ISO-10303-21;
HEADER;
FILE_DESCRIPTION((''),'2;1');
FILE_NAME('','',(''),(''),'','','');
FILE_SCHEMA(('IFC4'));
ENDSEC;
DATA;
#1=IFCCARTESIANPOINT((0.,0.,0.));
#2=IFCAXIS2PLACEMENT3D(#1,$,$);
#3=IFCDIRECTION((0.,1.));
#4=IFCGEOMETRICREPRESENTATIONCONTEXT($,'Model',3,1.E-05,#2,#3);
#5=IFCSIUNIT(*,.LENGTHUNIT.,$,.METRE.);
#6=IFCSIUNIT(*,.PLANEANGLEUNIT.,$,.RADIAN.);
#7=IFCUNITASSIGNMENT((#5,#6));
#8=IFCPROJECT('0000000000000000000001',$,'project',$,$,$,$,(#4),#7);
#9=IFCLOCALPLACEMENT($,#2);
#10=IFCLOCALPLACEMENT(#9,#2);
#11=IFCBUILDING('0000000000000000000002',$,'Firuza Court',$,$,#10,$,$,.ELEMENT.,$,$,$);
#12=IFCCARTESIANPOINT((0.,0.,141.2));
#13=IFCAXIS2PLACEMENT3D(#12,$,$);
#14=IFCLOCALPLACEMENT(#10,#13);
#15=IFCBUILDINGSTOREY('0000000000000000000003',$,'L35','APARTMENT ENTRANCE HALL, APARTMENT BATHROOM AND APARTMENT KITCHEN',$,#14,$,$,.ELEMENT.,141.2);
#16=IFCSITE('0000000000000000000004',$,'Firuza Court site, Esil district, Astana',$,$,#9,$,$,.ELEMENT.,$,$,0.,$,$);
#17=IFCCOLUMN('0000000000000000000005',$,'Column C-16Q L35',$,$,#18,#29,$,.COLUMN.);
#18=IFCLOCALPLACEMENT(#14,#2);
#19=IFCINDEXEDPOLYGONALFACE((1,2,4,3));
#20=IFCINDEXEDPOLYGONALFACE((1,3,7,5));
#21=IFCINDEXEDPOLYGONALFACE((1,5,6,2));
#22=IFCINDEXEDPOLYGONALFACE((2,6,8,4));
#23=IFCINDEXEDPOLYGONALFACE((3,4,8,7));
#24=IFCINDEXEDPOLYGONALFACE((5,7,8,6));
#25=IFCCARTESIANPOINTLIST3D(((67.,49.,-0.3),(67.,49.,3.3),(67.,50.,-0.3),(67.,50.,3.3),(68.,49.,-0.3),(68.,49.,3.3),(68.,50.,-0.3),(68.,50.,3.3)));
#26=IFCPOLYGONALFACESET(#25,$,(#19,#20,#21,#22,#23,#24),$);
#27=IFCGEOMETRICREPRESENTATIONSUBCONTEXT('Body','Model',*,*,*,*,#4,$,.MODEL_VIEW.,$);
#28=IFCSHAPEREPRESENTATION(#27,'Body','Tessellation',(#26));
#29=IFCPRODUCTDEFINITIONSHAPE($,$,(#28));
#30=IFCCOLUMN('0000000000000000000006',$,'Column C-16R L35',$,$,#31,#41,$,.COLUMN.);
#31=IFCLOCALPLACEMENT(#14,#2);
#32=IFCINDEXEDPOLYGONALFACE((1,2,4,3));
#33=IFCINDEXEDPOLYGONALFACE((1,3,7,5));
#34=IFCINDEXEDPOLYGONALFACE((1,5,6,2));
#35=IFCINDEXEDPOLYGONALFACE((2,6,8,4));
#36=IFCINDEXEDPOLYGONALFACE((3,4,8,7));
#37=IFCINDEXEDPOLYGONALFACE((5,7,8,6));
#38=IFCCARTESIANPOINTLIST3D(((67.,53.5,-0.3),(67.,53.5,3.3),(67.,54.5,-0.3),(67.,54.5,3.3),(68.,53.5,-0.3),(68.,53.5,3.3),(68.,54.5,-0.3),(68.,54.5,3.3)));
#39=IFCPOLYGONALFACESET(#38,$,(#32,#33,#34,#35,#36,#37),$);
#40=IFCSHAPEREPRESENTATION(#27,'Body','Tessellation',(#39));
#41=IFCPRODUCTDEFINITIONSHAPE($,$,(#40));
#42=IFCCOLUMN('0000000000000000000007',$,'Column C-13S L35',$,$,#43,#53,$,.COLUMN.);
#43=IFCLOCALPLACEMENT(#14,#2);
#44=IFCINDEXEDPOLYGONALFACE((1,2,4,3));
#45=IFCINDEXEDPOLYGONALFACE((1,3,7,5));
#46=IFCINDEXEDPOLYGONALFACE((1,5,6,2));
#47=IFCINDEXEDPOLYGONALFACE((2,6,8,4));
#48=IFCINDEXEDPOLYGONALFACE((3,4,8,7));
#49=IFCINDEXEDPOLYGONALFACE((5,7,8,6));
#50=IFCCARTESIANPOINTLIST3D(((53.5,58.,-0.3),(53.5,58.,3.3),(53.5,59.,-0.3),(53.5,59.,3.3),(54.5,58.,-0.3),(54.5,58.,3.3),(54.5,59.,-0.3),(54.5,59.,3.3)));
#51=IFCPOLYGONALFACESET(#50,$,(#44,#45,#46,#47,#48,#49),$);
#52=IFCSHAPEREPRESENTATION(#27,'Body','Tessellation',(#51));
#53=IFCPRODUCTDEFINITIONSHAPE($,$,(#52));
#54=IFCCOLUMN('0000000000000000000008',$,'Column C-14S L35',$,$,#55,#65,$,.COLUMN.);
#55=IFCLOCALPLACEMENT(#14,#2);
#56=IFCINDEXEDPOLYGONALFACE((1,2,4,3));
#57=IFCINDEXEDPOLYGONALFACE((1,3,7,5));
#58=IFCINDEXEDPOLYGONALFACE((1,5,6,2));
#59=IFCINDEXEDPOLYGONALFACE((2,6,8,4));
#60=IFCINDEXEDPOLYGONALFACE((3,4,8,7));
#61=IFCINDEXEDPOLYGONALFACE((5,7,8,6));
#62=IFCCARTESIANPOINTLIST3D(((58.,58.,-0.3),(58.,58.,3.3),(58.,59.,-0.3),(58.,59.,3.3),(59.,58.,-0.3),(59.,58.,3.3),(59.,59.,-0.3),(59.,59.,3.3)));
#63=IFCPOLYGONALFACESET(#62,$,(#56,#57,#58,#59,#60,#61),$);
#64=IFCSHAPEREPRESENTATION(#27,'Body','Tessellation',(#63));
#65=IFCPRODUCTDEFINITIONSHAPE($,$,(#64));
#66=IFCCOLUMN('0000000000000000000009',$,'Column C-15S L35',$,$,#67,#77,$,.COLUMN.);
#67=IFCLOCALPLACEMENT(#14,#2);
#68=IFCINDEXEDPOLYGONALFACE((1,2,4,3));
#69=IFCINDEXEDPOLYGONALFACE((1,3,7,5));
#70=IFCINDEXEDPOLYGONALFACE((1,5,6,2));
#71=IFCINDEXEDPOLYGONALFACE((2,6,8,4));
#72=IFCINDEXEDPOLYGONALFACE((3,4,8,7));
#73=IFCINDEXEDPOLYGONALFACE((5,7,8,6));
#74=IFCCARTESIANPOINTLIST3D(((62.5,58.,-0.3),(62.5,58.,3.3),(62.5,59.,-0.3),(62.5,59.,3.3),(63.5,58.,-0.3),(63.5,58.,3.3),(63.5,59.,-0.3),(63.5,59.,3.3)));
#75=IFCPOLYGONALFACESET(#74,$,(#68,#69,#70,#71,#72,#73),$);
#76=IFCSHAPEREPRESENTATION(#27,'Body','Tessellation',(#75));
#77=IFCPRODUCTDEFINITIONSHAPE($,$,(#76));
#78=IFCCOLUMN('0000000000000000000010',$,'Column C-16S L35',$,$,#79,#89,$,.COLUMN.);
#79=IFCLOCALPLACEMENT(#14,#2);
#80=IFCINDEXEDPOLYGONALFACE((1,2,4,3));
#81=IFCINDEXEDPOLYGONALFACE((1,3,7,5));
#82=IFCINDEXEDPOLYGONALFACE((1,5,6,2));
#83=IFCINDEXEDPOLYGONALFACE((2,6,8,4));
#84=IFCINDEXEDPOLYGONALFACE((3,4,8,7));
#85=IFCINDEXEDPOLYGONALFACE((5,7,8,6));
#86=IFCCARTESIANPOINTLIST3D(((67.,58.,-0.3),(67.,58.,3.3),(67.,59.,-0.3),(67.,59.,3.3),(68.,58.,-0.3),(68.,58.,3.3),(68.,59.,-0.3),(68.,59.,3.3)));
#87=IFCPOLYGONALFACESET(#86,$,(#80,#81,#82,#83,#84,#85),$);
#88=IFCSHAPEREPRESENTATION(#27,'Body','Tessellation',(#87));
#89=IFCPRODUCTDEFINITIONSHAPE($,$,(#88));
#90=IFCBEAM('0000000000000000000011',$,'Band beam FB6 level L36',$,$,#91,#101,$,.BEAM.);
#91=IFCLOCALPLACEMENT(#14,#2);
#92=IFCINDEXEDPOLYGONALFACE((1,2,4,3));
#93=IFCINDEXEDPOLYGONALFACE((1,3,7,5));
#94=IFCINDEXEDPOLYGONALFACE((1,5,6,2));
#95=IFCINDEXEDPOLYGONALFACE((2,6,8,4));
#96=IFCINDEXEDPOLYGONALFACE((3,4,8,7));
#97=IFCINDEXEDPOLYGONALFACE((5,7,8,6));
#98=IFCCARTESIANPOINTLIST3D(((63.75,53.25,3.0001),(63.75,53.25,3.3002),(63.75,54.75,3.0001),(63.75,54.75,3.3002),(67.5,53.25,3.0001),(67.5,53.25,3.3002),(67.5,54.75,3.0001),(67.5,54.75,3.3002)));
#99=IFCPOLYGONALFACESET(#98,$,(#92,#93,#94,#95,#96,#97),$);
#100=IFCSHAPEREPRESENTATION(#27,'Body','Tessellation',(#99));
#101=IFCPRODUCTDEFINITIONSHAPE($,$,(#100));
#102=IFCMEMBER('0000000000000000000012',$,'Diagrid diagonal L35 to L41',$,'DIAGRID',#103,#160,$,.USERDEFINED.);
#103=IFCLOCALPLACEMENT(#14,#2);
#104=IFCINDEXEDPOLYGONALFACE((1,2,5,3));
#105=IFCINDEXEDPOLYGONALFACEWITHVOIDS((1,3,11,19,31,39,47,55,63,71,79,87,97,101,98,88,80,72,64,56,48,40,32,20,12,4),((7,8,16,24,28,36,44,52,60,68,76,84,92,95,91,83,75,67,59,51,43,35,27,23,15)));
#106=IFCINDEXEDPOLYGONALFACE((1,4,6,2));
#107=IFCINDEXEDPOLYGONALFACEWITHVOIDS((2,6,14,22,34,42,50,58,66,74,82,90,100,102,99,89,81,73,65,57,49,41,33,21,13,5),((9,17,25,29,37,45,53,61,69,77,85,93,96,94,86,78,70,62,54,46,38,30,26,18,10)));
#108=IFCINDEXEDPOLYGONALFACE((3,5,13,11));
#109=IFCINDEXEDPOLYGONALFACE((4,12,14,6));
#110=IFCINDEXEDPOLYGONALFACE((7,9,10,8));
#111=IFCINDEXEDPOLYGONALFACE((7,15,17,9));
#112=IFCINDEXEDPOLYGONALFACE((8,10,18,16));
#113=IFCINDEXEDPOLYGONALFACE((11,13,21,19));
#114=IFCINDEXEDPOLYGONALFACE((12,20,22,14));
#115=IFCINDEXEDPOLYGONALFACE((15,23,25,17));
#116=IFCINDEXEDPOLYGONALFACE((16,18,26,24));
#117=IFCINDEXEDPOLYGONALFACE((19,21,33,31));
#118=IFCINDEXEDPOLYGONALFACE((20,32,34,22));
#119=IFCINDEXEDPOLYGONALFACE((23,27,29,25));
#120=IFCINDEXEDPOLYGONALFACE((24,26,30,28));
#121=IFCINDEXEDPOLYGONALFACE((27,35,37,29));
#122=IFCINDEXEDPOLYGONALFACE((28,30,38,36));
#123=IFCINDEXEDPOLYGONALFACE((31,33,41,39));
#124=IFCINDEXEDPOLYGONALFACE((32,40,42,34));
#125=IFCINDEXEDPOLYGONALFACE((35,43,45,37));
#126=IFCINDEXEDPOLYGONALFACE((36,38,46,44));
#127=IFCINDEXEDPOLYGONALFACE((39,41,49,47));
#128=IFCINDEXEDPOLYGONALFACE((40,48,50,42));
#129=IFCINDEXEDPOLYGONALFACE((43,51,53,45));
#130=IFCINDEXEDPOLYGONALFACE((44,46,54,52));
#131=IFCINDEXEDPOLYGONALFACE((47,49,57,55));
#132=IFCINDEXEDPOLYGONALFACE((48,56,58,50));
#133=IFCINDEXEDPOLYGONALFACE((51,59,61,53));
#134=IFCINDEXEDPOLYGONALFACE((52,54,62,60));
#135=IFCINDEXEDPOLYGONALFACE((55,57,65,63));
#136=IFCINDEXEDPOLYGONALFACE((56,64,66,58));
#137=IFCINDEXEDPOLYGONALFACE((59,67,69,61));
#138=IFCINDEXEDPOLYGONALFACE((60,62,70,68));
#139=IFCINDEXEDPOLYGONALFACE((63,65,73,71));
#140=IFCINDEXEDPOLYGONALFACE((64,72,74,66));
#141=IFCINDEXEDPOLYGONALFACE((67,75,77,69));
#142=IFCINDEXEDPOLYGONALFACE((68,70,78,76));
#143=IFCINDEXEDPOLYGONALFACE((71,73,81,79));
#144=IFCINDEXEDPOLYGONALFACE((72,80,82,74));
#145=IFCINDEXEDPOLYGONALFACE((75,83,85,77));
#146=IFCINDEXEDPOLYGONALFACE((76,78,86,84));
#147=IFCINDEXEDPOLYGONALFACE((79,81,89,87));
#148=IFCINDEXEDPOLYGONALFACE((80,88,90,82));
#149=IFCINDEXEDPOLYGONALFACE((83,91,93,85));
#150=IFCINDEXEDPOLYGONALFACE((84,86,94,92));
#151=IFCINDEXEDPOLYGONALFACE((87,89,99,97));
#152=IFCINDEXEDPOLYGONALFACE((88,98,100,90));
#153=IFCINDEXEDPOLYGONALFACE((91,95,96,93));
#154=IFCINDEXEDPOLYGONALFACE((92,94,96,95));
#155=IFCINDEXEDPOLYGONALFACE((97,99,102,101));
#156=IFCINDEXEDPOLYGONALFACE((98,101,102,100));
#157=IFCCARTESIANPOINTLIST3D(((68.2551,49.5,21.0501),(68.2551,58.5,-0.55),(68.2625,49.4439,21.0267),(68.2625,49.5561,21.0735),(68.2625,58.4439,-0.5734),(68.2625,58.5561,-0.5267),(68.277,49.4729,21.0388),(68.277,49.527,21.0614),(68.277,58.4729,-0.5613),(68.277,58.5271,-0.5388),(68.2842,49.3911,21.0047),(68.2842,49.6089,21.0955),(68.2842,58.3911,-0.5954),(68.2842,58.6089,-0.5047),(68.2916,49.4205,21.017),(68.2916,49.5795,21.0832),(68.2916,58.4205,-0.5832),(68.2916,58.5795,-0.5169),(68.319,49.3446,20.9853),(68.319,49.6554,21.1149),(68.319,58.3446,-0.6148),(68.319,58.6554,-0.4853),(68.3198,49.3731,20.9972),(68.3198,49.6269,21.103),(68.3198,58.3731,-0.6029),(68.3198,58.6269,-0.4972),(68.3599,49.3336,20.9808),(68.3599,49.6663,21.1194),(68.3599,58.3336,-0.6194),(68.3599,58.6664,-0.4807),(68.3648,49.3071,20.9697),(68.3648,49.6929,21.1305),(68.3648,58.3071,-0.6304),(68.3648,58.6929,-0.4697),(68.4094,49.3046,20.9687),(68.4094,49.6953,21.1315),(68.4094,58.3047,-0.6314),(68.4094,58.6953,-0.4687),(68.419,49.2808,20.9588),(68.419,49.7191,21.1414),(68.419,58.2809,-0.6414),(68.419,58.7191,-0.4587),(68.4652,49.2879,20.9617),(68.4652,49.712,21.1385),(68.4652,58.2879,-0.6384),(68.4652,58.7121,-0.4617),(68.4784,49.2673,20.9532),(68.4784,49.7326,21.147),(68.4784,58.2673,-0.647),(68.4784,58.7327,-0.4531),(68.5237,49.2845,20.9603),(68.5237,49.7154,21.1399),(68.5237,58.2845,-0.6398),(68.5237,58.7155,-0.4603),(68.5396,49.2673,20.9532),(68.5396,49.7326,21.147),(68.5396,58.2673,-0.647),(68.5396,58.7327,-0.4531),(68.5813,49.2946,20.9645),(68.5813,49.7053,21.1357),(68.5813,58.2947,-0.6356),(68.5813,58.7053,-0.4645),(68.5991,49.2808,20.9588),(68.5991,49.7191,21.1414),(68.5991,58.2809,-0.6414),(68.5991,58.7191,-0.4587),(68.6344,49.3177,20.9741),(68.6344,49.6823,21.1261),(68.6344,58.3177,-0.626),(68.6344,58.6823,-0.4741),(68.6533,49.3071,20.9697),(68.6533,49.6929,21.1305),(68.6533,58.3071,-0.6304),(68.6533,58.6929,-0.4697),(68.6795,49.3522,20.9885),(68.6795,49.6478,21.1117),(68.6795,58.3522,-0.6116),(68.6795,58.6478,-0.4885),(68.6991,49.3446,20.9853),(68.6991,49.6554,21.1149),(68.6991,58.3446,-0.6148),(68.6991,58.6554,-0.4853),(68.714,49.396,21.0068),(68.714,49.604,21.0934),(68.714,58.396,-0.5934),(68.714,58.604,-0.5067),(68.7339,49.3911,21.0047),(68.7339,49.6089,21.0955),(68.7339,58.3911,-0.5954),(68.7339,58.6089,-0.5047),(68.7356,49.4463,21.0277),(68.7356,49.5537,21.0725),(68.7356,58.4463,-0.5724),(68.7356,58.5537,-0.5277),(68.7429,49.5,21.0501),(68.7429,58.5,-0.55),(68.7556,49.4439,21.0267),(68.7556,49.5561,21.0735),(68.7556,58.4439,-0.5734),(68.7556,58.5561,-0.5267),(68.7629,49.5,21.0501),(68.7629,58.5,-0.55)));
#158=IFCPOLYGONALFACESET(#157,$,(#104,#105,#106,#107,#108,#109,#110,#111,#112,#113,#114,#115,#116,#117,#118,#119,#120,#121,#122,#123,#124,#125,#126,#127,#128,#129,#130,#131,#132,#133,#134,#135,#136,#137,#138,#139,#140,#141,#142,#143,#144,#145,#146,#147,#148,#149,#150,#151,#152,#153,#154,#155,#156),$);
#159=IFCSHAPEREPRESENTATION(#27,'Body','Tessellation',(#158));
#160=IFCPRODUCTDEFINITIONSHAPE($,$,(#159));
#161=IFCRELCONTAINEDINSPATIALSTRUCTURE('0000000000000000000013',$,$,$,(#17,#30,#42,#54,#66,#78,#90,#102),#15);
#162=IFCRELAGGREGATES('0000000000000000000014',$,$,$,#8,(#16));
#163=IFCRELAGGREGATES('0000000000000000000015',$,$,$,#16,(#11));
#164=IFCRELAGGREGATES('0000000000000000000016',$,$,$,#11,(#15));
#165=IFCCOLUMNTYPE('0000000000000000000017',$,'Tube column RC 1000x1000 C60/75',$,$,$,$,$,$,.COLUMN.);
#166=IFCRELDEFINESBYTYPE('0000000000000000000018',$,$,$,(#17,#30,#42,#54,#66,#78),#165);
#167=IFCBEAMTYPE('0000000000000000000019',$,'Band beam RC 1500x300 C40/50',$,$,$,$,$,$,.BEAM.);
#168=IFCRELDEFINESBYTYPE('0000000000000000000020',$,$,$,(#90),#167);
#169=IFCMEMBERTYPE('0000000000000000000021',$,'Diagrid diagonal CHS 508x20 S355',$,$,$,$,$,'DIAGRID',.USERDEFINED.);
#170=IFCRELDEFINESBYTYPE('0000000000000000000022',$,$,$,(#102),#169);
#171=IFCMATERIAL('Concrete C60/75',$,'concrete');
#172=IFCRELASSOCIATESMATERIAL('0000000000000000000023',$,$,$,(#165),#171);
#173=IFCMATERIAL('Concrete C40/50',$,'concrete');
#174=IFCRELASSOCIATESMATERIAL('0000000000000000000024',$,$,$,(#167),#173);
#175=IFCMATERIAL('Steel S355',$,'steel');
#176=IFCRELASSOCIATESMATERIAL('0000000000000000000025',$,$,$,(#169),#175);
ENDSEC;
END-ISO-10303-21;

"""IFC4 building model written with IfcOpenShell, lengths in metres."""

from ifc_helpers import new_model, si_unit, direction, frame, origin, origin_2d, place, context, subcontext, project, spatial, rectangle, hollow_circle, extrude, material, material_profile, profile_set, type_object, element, save


model = new_model("IFC4")

# Units and contexts
model_context = context("Model", 3, precision=1e-05, world=origin(), true_north=direction((0.0, 1.0)))
body_context = subcontext(model_context, "Body", "Model", "MODEL_VIEW")
ifc_project = project(units=[si_unit("LENGTHUNIT", "METRE"), si_unit("PLANEANGLEUNIT", "RADIAN")], contexts=[model_context])

# Site, building, storey
site_placement = place(None, origin())
site = spatial("IfcSite", under=ifc_project, at=site_placement, Name="Firuza Court site, Esil district, Astana", CompositionType="ELEMENT", RefElevation=0.0)
building_placement = place(site_placement, origin())
building = spatial("IfcBuilding", under=site, at=building_placement, Name="Firuza Court", CompositionType="ELEMENT")
storey_placement = place(building_placement, frame((0.0, 0.0, 141.2)))
storey = spatial("IfcBuildingStorey", under=building, at=storey_placement, Name="L35", Description="APARTMENT ENTRANCE HALL, APARTMENT BATHROOM AND APARTMENT KITCHEN", CompositionType="ELEMENT", Elevation=141.2)

# Columns
ifc_material_1 = material(Name="Concrete C60/75", Category="concrete")
ifc_material_profile_1 = material_profile(ifc_material_1, rectangle(XDim=1.0, YDim=1.0, at=origin_2d()), Name="RC 1000x1000")
ifc_profile_set_1 = profile_set([ifc_material_profile_1], Name="Concrete C60/75")
column_type = type_object("IfcColumnType", Name="Tube column RC 1000x1000 C60/75", PredefinedType="COLUMN", material=ifc_profile_set_1)
for number, where, z_axis, x_axis, name in (
    (1, (67.5, 49.5, -0.3), (0.0, 0.0, 1.0), (1.0, 0.0, 0.0), "Column C-16Q L35"),
    (2, (67.5, 54.0, -0.3), (0.0, 0.0, 1.0), (1.0, 0.0, 0.0), "Column C-16R L35"),
    (3, (54.0, 58.5, -0.3), (0.0, 0.0, 1.0), (1.0, 0.0, 0.0), "Column C-13S L35"),
    (4, (58.5, 58.5, -0.3), (0.0, 0.0, 1.0), (1.0, 0.0, 0.0), "Column C-14S L35"),
    (5, (63.0, 58.5, -0.3), (0.0, 0.0, 1.0), (1.0, 0.0, 0.0), "Column C-15S L35"),
    (6, (67.5, 58.5, -0.3), (0.0, 0.0, 1.0), (1.0, 0.0, 0.0), "Column C-16S L35"),
):
    element("IfcColumn", number, at=place(storey_placement, frame(where, z_axis=z_axis, x_axis=x_axis)), inside=storey, type_object=column_type, Name=name, PredefinedType="COLUMN", context=body_context, shape_type="SweptSolid", body=[
        extrude(rectangle(XDim=1.0, YDim=1.0, at=origin_2d()), origin(), (0.0, 0.0, 1.0), 3.6001),
    ])

# Beam
ifc_material_2 = material(Name="Concrete C40/50", Category="concrete")
ifc_material_profile_2 = material_profile(ifc_material_2, rectangle(XDim=1.5, YDim=0.3, at=origin_2d()), Name="RC 1500x300")
ifc_profile_set_2 = profile_set([ifc_material_profile_2], Name="Concrete C40/50")
beam_type_1 = type_object("IfcBeamType", Name="Band beam RC 1500x300 C40/50", PredefinedType="BEAM", material=ifc_profile_set_2)
beam_placement = place(storey_placement, frame((67.5, 54.0, 3.1501), z_axis=(-1.0, 0.0, 0.0), x_axis=(0.0, -1.0, 0.0)))
element("IfcBeam", 7, at=beam_placement, inside=storey, type_object=beam_type_1, Name="Band beam FB6 level L36", PredefinedType="BEAM", context=body_context, shape_type="SweptSolid", body=[
    extrude(rectangle(XDim=1.5, YDim=0.3, at=origin_2d()), origin(), (0.0, 0.0, 1.0), 3.75),
])

# Member
ifc_material_3 = material(Name="Steel S355", Category="steel")
ifc_material_profile_3 = material_profile(ifc_material_3, hollow_circle(Radius=0.2539, WallThickness=0.02, at=origin_2d()), Name="CHS 508x20")
ifc_profile_set_3 = profile_set([ifc_material_profile_3], Name="Steel S355")
member_type = type_object("IfcMemberType", Name="Diagrid diagonal CHS 508x20 S355", ElementType="DIAGRID", PredefinedType="USERDEFINED", material=ifc_profile_set_3)
member_1_placement = place(storey_placement, frame((68.509, 58.5, -0.55), z_axis=(0.0, -0.384614, 0.923078), x_axis=(1.0, 0.0, 0.0)))
element("IfcMember", 8, at=member_1_placement, inside=storey, type_object=member_type, Name="Diagrid diagonal L35 to L41", ObjectType="DIAGRID", PredefinedType="USERDEFINED", context=body_context, shape_type="SweptSolid", body=[
    extrude(hollow_circle(Radius=0.2539, WallThickness=0.02, at=origin_2d()), origin(), (0.0, 0.0, 1.0), 23.4001),
])

save(model, "model.ifc")
